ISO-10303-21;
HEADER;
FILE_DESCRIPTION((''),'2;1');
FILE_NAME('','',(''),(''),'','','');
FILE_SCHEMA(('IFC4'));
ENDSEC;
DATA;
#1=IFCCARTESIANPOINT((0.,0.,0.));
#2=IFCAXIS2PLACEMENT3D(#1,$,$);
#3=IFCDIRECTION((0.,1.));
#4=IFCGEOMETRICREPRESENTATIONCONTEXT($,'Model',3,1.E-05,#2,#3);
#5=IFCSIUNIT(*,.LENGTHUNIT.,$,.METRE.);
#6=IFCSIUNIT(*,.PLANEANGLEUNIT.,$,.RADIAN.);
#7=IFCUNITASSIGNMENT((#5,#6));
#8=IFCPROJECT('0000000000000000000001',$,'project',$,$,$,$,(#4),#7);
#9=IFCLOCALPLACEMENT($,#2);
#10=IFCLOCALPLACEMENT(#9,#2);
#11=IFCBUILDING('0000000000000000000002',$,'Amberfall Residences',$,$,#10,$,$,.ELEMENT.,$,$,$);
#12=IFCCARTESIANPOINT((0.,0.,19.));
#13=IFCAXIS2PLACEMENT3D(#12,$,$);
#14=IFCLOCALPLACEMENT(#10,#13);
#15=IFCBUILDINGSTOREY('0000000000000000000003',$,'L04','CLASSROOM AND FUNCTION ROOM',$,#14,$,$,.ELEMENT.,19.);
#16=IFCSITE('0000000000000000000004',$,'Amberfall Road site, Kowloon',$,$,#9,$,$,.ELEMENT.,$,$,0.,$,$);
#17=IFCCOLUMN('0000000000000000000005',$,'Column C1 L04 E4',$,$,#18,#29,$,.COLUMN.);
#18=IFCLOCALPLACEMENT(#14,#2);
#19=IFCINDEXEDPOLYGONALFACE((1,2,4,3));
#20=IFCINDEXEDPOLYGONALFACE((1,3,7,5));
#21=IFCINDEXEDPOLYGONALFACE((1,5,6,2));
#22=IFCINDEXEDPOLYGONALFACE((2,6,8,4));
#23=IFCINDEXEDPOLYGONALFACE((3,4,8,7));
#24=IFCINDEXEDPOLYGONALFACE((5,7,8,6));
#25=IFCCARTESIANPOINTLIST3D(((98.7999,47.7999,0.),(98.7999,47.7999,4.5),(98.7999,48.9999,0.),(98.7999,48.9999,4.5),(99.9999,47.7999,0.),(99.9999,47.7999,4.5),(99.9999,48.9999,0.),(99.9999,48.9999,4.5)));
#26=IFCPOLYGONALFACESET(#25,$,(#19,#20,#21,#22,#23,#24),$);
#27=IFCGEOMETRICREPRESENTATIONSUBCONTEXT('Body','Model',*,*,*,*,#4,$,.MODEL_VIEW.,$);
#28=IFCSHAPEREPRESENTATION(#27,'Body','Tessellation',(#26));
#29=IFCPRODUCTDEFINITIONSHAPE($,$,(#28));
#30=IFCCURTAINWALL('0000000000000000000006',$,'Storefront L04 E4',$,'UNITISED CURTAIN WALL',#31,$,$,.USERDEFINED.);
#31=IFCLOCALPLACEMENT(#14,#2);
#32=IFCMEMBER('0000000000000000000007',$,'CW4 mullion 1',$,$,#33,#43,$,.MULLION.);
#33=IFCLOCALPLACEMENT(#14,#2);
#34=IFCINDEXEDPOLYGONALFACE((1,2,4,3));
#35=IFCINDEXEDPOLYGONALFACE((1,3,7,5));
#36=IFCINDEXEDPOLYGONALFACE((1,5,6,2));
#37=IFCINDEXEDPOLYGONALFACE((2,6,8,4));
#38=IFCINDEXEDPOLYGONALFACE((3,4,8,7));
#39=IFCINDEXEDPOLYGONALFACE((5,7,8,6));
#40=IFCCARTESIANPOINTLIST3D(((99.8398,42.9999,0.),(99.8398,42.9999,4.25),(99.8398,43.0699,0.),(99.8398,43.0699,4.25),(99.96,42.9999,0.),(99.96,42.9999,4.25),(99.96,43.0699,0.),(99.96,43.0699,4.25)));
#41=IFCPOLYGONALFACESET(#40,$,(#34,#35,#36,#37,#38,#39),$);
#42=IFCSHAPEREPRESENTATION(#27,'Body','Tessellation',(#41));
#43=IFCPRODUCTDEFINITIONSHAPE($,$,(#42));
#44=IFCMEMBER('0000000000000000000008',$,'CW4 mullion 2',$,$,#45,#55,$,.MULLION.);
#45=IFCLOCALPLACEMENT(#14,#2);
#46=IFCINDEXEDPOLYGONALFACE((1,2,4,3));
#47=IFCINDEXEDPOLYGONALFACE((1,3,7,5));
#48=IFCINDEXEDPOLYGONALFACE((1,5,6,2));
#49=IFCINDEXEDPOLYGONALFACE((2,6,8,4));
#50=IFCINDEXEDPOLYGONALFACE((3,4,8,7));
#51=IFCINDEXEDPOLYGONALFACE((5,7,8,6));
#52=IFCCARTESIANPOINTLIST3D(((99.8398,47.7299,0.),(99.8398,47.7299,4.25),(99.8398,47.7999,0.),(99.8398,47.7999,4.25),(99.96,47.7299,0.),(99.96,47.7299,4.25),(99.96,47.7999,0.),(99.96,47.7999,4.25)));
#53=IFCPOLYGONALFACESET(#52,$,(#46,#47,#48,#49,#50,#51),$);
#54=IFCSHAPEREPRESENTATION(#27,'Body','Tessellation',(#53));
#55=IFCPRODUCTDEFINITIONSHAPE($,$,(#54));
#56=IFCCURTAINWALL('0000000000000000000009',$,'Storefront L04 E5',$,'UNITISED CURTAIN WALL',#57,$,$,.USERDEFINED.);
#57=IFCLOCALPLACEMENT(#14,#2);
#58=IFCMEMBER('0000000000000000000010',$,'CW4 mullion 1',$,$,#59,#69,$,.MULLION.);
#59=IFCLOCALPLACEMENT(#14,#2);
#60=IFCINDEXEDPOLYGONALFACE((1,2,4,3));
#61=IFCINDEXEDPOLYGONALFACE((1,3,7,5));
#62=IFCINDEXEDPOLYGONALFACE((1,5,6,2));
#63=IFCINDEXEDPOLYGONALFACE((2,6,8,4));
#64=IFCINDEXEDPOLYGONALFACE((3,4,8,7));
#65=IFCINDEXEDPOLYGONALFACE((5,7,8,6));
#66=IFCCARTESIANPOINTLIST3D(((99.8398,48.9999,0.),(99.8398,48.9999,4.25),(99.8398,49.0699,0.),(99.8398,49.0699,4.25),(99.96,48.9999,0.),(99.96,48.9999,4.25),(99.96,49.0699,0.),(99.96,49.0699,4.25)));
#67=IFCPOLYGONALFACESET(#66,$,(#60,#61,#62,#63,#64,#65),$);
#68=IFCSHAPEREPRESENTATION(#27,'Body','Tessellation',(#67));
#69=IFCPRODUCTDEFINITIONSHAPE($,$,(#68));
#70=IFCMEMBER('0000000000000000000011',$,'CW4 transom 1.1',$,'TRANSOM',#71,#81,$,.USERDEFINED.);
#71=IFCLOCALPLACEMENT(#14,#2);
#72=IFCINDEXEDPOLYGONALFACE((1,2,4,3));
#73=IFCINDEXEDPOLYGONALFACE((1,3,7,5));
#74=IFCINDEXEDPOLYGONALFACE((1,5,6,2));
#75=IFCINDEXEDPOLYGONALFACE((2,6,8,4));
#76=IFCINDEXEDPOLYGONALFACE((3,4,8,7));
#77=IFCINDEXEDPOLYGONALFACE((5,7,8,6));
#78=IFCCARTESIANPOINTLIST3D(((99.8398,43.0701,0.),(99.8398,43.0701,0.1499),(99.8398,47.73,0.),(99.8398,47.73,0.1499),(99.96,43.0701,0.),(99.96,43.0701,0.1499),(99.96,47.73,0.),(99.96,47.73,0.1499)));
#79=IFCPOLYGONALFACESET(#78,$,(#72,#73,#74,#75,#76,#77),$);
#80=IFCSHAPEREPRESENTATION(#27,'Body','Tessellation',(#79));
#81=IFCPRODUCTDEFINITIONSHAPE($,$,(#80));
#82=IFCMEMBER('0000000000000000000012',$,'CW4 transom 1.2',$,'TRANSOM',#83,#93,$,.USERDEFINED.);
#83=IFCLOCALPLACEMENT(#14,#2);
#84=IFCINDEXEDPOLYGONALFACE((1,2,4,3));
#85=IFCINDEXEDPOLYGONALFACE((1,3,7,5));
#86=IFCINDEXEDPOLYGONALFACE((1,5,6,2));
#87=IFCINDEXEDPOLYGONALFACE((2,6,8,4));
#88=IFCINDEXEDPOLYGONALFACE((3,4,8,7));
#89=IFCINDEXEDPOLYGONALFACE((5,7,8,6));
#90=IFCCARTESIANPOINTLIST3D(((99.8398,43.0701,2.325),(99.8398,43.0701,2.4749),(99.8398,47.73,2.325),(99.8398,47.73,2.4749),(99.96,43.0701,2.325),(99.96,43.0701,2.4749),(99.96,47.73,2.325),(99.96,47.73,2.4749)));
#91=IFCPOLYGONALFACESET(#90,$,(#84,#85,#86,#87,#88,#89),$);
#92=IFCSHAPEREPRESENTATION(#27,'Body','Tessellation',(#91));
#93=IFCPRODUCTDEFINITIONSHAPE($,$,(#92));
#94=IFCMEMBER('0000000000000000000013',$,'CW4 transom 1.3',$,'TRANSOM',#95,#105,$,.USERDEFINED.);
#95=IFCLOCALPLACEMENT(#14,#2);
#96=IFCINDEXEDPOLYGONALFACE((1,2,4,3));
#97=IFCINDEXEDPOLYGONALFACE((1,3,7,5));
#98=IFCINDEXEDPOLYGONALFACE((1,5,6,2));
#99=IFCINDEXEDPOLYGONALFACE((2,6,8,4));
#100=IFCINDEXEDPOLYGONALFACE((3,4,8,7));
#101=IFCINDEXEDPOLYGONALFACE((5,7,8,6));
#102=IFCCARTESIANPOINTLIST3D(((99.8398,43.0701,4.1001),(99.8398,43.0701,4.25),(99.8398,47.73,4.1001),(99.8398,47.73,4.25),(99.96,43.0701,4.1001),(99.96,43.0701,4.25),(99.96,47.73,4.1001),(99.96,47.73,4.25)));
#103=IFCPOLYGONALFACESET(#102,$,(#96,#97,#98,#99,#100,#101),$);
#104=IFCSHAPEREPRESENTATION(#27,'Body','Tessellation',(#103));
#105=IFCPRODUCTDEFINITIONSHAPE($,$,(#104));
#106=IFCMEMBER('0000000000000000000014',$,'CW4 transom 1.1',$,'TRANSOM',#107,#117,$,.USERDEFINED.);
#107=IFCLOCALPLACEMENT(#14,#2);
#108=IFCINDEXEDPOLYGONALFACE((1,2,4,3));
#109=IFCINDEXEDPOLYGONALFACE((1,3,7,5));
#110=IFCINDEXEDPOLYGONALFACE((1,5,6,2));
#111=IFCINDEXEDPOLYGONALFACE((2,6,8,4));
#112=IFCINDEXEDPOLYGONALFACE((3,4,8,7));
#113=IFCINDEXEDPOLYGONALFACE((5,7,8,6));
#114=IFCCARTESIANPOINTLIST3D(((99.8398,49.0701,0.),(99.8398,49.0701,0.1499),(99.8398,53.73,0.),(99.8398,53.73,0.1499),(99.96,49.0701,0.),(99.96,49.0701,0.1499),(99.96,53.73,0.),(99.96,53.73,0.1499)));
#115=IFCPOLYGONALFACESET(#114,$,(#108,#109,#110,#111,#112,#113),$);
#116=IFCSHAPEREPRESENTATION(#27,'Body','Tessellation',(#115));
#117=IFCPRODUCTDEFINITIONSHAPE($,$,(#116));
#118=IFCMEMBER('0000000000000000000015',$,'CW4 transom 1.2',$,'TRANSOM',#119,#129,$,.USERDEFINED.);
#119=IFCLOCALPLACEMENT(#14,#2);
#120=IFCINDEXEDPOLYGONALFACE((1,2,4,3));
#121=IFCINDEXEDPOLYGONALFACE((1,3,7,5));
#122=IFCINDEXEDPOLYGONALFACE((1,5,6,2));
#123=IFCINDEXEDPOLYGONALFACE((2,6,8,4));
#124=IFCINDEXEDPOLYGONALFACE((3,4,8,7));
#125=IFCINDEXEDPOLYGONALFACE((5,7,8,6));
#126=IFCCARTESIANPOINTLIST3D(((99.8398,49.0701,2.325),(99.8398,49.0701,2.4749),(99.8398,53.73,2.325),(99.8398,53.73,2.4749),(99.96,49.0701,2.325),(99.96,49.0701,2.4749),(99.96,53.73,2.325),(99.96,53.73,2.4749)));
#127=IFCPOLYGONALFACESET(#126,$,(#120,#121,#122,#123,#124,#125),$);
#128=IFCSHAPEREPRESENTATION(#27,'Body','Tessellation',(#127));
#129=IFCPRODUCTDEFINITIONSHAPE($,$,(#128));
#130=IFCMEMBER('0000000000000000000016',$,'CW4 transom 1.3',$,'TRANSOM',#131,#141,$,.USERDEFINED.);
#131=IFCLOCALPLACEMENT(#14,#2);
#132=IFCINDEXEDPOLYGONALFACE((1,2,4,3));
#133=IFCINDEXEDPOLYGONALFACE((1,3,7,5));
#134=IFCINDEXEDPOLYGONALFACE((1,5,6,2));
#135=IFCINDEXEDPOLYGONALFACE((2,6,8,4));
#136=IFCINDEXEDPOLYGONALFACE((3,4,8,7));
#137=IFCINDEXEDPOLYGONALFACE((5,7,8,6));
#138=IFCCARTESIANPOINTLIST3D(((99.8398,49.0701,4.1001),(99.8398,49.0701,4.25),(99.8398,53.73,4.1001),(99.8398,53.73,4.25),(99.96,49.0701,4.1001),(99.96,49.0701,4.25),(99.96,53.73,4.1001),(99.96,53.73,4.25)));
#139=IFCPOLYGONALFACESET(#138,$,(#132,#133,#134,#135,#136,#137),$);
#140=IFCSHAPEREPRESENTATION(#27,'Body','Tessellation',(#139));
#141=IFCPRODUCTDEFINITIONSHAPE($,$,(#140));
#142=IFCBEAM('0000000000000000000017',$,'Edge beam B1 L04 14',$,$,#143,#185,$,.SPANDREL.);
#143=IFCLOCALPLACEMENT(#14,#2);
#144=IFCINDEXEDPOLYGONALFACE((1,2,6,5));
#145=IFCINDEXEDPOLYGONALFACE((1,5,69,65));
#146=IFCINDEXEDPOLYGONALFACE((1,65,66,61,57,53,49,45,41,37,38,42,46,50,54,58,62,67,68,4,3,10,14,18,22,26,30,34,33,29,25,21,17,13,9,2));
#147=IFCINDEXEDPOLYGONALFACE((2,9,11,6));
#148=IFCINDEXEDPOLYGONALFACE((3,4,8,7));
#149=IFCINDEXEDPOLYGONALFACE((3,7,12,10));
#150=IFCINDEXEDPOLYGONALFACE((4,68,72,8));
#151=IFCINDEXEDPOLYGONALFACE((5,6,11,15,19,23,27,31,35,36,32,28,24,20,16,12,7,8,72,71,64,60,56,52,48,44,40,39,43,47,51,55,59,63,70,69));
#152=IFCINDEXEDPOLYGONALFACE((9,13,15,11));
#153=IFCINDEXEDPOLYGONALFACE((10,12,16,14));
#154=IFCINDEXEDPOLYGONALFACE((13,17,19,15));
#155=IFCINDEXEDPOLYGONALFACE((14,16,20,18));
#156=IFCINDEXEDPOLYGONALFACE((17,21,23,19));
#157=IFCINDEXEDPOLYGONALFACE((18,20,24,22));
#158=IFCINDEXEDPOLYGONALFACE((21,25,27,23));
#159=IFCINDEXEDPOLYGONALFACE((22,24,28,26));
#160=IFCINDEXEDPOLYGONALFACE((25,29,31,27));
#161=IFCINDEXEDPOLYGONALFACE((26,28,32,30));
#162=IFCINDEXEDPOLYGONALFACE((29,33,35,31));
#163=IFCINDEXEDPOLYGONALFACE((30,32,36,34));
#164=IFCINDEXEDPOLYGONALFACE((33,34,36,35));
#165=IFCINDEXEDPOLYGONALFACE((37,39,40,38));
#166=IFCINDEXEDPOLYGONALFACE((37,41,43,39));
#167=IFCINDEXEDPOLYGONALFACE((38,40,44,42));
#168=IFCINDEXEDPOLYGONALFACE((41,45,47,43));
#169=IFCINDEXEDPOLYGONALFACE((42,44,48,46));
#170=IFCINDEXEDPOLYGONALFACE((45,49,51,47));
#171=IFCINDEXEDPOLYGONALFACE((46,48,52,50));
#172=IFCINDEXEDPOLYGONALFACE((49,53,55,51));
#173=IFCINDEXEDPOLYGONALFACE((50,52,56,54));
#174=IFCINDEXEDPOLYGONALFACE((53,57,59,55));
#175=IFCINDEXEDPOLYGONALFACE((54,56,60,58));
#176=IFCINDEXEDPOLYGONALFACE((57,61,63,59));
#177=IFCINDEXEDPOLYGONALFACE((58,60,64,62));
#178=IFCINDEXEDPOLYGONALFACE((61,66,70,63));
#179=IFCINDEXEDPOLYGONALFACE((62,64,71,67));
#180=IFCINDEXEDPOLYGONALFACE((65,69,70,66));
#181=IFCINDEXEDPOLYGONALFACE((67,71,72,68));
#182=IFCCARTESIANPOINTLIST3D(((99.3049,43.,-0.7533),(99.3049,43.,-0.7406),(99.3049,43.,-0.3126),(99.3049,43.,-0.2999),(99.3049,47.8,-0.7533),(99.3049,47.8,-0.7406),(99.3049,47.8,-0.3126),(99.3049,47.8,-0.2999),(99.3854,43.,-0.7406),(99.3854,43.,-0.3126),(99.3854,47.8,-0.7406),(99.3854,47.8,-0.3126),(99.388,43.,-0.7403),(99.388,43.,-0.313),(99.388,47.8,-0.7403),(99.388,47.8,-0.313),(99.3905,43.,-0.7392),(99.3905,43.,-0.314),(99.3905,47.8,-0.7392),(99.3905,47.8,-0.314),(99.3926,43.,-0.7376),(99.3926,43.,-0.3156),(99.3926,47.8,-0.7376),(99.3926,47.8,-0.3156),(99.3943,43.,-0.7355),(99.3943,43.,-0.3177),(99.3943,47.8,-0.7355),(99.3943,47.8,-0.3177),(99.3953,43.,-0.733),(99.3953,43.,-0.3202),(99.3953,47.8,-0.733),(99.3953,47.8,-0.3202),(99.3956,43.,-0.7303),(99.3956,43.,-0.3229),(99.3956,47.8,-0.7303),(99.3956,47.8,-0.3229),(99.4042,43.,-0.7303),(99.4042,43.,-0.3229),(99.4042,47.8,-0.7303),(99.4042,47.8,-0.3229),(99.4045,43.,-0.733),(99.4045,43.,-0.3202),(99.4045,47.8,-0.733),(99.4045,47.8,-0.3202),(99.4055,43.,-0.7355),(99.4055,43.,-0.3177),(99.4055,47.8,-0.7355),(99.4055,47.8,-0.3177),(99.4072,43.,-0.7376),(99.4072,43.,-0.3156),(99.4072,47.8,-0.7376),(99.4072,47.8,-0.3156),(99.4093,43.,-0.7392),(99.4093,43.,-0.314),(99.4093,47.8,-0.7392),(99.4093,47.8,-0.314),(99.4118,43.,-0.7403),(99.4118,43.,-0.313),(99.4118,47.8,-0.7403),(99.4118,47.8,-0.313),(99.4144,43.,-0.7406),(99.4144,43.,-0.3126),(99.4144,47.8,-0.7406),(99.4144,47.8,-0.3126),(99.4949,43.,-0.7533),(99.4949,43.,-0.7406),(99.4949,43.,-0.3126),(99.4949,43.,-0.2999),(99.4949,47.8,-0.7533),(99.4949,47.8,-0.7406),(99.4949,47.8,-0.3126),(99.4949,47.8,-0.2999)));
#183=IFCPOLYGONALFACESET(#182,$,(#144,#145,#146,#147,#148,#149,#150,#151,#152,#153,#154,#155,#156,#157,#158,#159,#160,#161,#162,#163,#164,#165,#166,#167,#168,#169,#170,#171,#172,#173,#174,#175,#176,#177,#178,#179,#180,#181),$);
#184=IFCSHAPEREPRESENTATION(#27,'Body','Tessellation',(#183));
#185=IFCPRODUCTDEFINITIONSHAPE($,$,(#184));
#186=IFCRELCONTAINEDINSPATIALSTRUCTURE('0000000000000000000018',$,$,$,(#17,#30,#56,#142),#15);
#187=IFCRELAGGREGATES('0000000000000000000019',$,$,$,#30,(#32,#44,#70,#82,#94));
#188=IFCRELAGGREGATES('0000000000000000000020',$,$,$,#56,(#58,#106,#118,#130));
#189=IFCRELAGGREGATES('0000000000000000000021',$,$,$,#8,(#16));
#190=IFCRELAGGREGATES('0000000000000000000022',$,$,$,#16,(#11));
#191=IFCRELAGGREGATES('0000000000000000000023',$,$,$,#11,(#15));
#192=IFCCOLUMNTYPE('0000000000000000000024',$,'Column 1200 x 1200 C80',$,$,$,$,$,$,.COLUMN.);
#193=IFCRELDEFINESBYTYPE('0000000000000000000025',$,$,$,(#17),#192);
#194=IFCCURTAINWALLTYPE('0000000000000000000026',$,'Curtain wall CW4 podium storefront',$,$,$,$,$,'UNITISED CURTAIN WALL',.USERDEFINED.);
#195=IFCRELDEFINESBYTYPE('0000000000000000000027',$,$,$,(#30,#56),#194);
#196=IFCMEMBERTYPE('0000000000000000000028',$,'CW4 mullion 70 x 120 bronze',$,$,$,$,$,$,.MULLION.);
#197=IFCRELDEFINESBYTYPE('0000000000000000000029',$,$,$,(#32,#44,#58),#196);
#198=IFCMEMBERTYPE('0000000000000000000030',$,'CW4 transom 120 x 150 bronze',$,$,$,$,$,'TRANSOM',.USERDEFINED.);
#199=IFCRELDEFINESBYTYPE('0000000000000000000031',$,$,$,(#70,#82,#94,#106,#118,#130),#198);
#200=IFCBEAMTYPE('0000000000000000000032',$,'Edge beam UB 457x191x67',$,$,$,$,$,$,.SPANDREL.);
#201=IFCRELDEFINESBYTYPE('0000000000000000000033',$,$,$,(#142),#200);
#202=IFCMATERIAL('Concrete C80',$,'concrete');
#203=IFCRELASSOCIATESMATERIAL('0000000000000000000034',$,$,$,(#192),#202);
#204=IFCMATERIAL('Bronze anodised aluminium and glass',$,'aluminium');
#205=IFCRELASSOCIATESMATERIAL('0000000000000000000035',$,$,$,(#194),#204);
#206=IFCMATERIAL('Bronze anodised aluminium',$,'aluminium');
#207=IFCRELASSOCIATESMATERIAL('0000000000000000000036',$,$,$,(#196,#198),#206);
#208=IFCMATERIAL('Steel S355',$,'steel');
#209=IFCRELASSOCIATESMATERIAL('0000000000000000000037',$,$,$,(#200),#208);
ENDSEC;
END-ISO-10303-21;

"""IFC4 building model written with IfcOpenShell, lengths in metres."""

from ifc_helpers import new_model, si_unit, direction, frame, origin, origin_2d, place, context, subcontext, project, spatial, rectangle, i_section, extrude, material, material_profile, profile_set, type_object, element, aggregate, save


model = new_model("IFC4")

# Units and contexts
model_context = context("Model", 3, precision=1e-05, world=origin(), true_north=direction((0.0, 1.0)))
body_context = subcontext(model_context, "Body", "Model", "MODEL_VIEW")
ifc_project = project(units=[si_unit("LENGTHUNIT", "METRE"), si_unit("PLANEANGLEUNIT", "RADIAN")], contexts=[model_context])

# Site, building, storey
site_placement = place(None, origin())
site = spatial("IfcSite", under=ifc_project, at=site_placement, Name="Amberfall Road site, Kowloon", CompositionType="ELEMENT", RefElevation=0.0)
building_placement = place(site_placement, origin())
building = spatial("IfcBuilding", under=site, at=building_placement, Name="Amberfall Residences", CompositionType="ELEMENT")
storey_placement = place(building_placement, frame((0.0, 0.0, 19.0)))
storey = spatial("IfcBuildingStorey", under=building, at=storey_placement, Name="L04", Description="CLASSROOM AND FUNCTION ROOM", CompositionType="ELEMENT", Elevation=19.0)

# Column
ifc_material_1 = material(Name="Concrete C80", Category="concrete")
ifc_material_profile_1 = material_profile(ifc_material_1, rectangle(XDim=1.2, YDim=1.2, at=origin_2d()), Name="Column 1200 x 1200 C80")
ifc_profile_set_1 = profile_set([ifc_material_profile_1], Name="Concrete C80")
column_type = type_object("IfcColumnType", Name="Column 1200 x 1200 C80", PredefinedType="COLUMN", material=ifc_profile_set_1)
column_placement = place(storey_placement, frame((99.3999, 48.3999, 0.0), z_axis=(0.0, 0.0, 1.0), x_axis=(1.0, 0.0, 0.0)))
element("IfcColumn", 1, at=column_placement, inside=storey, type_object=column_type, Name="Column C1 L04 E4", PredefinedType="COLUMN", context=body_context, shape_type="SweptSolid", body=[
    extrude(rectangle(XDim=1.2, YDim=1.2, at=origin_2d()), origin(), (0.0, 0.0, 1.0), 4.5),
])

# Curtain wall, members
ifc_material_2 = material(Name="Bronze anodised aluminium and glass", Category="aluminium")
curtain_wall_type = type_object("IfcCurtainWallType", Name="Curtain wall CW4 podium storefront", ElementType="UNITISED CURTAIN WALL", PredefinedType="USERDEFINED", material=ifc_material_2)
curtain_wall_1_placement = place(storey_placement, origin())
curtain_wall_1 = element("IfcCurtainWall", 2, at=curtain_wall_1_placement, inside=storey, type_object=curtain_wall_type, Name="Storefront L04 E4", ObjectType="UNITISED CURTAIN WALL", PredefinedType="USERDEFINED")
ifc_material_3 = material(Name="Bronze anodised aluminium", Category="aluminium")
ifc_material_profile_2 = material_profile(ifc_material_3, rectangle(XDim=0.1201, YDim=0.0701, at=origin_2d()), Name="CW4 mullion 70 x 120 bronze")
ifc_profile_set_2 = profile_set([ifc_material_profile_2], Name="Bronze anodised aluminium")
member_type_1 = type_object("IfcMemberType", Name="CW4 mullion 70 x 120 bronze", PredefinedType="MULLION", material=ifc_profile_set_2)
member_1_placement = place(storey_placement, frame((99.8999, 43.0349, 0.0), z_axis=(0.0, 0.0, 1.0), x_axis=(-1.0, 0.0, 0.0)))
member_1 = element("IfcMember", 3, at=member_1_placement, type_object=member_type_1, Name="CW4 mullion 1", PredefinedType="MULLION", context=body_context, shape_type="SweptSolid", body=[
    extrude(rectangle(XDim=0.1201, YDim=0.0701, at=origin_2d()), origin(), (0.0, 0.0, 1.0), 4.25),
])
member_2_placement = place(storey_placement, frame((99.8999, 47.7649, 0.0), z_axis=(0.0, 0.0, 1.0), x_axis=(-1.0, 0.0, 0.0)))
member_2 = element("IfcMember", 4, at=member_2_placement, type_object=member_type_1, Name="CW4 mullion 2", PredefinedType="MULLION", context=body_context, shape_type="SweptSolid", body=[
    extrude(rectangle(XDim=0.1201, YDim=0.0701, at=origin_2d()), origin(), (0.0, 0.0, 1.0), 4.25),
])

# Curtain wall, member
curtain_wall_2_placement = place(storey_placement, origin())
curtain_wall_2 = element("IfcCurtainWall", 5, at=curtain_wall_2_placement, inside=storey, type_object=curtain_wall_type, Name="Storefront L04 E5", ObjectType="UNITISED CURTAIN WALL", PredefinedType="USERDEFINED")
member_3_placement = place(storey_placement, frame((99.8999, 49.0349, 0.0), z_axis=(0.0, 0.0, 1.0), x_axis=(-1.0, 0.0, 0.0)))
member_3 = element("IfcMember", 6, at=member_3_placement, type_object=member_type_1, Name="CW4 mullion 1", PredefinedType="MULLION", context=body_context, shape_type="SweptSolid", body=[
    extrude(rectangle(XDim=0.1201, YDim=0.0701, at=origin_2d()), origin(), (0.0, 0.0, 1.0), 4.25),
])

# Members
ifc_material_profile_3 = material_profile(ifc_material_3, rectangle(XDim=0.1201, YDim=0.1499, at=origin_2d()), Name="CW4 transom 120 x 150 bronze")
ifc_profile_set_3 = profile_set([ifc_material_profile_3], Name="Bronze anodised aluminium")
member_type_2 = type_object("IfcMemberType", Name="CW4 transom 120 x 150 bronze", ElementType="TRANSOM", PredefinedType="USERDEFINED", material=ifc_profile_set_3)
member_4_placement = place(storey_placement, frame((99.8999, 43.0701, 0.075), z_axis=(0.0, 1.0, 0.0), x_axis=(-1.0, 0.0, 0.0)))
member_4 = element("IfcMember", 7, at=member_4_placement, type_object=member_type_2, Name="CW4 transom 1.1", ObjectType="TRANSOM", PredefinedType="USERDEFINED", context=body_context, shape_type="SweptSolid", body=[
    extrude(rectangle(XDim=0.1201, YDim=0.1499, at=origin_2d()), origin(), (0.0, 0.0, 1.0), 4.6599),
])
member_5_placement = place(storey_placement, frame((99.8999, 43.0701, 2.3999), z_axis=(0.0, 1.0, 0.0), x_axis=(-1.0, 0.0, 0.0)))
member_5 = element("IfcMember", 8, at=member_5_placement, type_object=member_type_2, Name="CW4 transom 1.2", ObjectType="TRANSOM", PredefinedType="USERDEFINED", context=body_context, shape_type="SweptSolid", body=[
    extrude(rectangle(XDim=0.1201, YDim=0.1499, at=origin_2d()), origin(), (0.0, 0.0, 1.0), 4.6599),
])
member_6_placement = place(storey_placement, frame((99.8999, 43.0701, 4.175), z_axis=(0.0, 1.0, 0.0), x_axis=(-1.0, 0.0, 0.0)))
member_6 = element("IfcMember", 9, at=member_6_placement, type_object=member_type_2, Name="CW4 transom 1.3", ObjectType="TRANSOM", PredefinedType="USERDEFINED", context=body_context, shape_type="SweptSolid", body=[
    extrude(rectangle(XDim=0.1201, YDim=0.1499, at=origin_2d()), origin(), (0.0, 0.0, 1.0), 4.6599),
])
member_7_placement = place(storey_placement, frame((99.8999, 49.0701, 0.075), z_axis=(0.0, 1.0, 0.0), x_axis=(-1.0, 0.0, 0.0)))
member_7 = element("IfcMember", 10, at=member_7_placement, type_object=member_type_2, Name="CW4 transom 1.1", ObjectType="TRANSOM", PredefinedType="USERDEFINED", context=body_context, shape_type="SweptSolid", body=[
    extrude(rectangle(XDim=0.1201, YDim=0.1499, at=origin_2d()), origin(), (0.0, 0.0, 1.0), 4.6599),
])
member_8_placement = place(storey_placement, frame((99.8999, 49.0701, 2.3999), z_axis=(0.0, 1.0, 0.0), x_axis=(-1.0, 0.0, 0.0)))
member_8 = element("IfcMember", 11, at=member_8_placement, type_object=member_type_2, Name="CW4 transom 1.2", ObjectType="TRANSOM", PredefinedType="USERDEFINED", context=body_context, shape_type="SweptSolid", body=[
    extrude(rectangle(XDim=0.1201, YDim=0.1499, at=origin_2d()), origin(), (0.0, 0.0, 1.0), 4.6599),
])
member_9_placement = place(storey_placement, frame((99.8999, 49.0701, 4.175), z_axis=(0.0, 1.0, 0.0), x_axis=(-1.0, 0.0, 0.0)))
member_9 = element("IfcMember", 12, at=member_9_placement, type_object=member_type_2, Name="CW4 transom 1.3", ObjectType="TRANSOM", PredefinedType="USERDEFINED", context=body_context, shape_type="SweptSolid", body=[
    extrude(rectangle(XDim=0.1201, YDim=0.1499, at=origin_2d()), origin(), (0.0, 0.0, 1.0), 4.6599),
])

# Beam
ifc_material_4 = material(Name="Steel S355", Category="steel")
ifc_material_profile_4 = material_profile(ifc_material_4, i_section(OverallWidth=0.1899, OverallDepth=0.4534, WebThickness=0.0085, FlangeThickness=0.0127, FilletRadius=0.0103, at=origin_2d()), Name="UB 457x191x67")
ifc_profile_set_4 = profile_set([ifc_material_profile_4], Name="Steel S355")
beam_type_1 = type_object("IfcBeamType", Name="Edge beam UB 457x191x67", PredefinedType="SPANDREL", material=ifc_profile_set_4)
for number, where, z_axis, x_axis, name in (
    (13, (99.3999, 43.0, -0.5266), (0.0, 1.0, 0.0), (-1.0, 0.0, 0.0), "Edge beam B1 L04 14"),
):
    element("IfcBeam", number, at=place(storey_placement, frame(where, z_axis=z_axis, x_axis=x_axis)), inside=storey, type_object=beam_type_1, Name=name, PredefinedType="SPANDREL", context=body_context, shape_type="SweptSolid", body=[
        extrude(i_section(OverallWidth=0.1899, OverallDepth=0.4534, WebThickness=0.0085, FlangeThickness=0.0127, FilletRadius=0.0103, at=origin_2d()), origin(), (0.0, 0.0, 1.0), 4.8),
    ])

aggregate(curtain_wall_1, [member_1, member_2, member_4, member_5, member_6])
aggregate(curtain_wall_2, [member_3, member_7, member_8, member_9])

save(model, "model.ifc")
